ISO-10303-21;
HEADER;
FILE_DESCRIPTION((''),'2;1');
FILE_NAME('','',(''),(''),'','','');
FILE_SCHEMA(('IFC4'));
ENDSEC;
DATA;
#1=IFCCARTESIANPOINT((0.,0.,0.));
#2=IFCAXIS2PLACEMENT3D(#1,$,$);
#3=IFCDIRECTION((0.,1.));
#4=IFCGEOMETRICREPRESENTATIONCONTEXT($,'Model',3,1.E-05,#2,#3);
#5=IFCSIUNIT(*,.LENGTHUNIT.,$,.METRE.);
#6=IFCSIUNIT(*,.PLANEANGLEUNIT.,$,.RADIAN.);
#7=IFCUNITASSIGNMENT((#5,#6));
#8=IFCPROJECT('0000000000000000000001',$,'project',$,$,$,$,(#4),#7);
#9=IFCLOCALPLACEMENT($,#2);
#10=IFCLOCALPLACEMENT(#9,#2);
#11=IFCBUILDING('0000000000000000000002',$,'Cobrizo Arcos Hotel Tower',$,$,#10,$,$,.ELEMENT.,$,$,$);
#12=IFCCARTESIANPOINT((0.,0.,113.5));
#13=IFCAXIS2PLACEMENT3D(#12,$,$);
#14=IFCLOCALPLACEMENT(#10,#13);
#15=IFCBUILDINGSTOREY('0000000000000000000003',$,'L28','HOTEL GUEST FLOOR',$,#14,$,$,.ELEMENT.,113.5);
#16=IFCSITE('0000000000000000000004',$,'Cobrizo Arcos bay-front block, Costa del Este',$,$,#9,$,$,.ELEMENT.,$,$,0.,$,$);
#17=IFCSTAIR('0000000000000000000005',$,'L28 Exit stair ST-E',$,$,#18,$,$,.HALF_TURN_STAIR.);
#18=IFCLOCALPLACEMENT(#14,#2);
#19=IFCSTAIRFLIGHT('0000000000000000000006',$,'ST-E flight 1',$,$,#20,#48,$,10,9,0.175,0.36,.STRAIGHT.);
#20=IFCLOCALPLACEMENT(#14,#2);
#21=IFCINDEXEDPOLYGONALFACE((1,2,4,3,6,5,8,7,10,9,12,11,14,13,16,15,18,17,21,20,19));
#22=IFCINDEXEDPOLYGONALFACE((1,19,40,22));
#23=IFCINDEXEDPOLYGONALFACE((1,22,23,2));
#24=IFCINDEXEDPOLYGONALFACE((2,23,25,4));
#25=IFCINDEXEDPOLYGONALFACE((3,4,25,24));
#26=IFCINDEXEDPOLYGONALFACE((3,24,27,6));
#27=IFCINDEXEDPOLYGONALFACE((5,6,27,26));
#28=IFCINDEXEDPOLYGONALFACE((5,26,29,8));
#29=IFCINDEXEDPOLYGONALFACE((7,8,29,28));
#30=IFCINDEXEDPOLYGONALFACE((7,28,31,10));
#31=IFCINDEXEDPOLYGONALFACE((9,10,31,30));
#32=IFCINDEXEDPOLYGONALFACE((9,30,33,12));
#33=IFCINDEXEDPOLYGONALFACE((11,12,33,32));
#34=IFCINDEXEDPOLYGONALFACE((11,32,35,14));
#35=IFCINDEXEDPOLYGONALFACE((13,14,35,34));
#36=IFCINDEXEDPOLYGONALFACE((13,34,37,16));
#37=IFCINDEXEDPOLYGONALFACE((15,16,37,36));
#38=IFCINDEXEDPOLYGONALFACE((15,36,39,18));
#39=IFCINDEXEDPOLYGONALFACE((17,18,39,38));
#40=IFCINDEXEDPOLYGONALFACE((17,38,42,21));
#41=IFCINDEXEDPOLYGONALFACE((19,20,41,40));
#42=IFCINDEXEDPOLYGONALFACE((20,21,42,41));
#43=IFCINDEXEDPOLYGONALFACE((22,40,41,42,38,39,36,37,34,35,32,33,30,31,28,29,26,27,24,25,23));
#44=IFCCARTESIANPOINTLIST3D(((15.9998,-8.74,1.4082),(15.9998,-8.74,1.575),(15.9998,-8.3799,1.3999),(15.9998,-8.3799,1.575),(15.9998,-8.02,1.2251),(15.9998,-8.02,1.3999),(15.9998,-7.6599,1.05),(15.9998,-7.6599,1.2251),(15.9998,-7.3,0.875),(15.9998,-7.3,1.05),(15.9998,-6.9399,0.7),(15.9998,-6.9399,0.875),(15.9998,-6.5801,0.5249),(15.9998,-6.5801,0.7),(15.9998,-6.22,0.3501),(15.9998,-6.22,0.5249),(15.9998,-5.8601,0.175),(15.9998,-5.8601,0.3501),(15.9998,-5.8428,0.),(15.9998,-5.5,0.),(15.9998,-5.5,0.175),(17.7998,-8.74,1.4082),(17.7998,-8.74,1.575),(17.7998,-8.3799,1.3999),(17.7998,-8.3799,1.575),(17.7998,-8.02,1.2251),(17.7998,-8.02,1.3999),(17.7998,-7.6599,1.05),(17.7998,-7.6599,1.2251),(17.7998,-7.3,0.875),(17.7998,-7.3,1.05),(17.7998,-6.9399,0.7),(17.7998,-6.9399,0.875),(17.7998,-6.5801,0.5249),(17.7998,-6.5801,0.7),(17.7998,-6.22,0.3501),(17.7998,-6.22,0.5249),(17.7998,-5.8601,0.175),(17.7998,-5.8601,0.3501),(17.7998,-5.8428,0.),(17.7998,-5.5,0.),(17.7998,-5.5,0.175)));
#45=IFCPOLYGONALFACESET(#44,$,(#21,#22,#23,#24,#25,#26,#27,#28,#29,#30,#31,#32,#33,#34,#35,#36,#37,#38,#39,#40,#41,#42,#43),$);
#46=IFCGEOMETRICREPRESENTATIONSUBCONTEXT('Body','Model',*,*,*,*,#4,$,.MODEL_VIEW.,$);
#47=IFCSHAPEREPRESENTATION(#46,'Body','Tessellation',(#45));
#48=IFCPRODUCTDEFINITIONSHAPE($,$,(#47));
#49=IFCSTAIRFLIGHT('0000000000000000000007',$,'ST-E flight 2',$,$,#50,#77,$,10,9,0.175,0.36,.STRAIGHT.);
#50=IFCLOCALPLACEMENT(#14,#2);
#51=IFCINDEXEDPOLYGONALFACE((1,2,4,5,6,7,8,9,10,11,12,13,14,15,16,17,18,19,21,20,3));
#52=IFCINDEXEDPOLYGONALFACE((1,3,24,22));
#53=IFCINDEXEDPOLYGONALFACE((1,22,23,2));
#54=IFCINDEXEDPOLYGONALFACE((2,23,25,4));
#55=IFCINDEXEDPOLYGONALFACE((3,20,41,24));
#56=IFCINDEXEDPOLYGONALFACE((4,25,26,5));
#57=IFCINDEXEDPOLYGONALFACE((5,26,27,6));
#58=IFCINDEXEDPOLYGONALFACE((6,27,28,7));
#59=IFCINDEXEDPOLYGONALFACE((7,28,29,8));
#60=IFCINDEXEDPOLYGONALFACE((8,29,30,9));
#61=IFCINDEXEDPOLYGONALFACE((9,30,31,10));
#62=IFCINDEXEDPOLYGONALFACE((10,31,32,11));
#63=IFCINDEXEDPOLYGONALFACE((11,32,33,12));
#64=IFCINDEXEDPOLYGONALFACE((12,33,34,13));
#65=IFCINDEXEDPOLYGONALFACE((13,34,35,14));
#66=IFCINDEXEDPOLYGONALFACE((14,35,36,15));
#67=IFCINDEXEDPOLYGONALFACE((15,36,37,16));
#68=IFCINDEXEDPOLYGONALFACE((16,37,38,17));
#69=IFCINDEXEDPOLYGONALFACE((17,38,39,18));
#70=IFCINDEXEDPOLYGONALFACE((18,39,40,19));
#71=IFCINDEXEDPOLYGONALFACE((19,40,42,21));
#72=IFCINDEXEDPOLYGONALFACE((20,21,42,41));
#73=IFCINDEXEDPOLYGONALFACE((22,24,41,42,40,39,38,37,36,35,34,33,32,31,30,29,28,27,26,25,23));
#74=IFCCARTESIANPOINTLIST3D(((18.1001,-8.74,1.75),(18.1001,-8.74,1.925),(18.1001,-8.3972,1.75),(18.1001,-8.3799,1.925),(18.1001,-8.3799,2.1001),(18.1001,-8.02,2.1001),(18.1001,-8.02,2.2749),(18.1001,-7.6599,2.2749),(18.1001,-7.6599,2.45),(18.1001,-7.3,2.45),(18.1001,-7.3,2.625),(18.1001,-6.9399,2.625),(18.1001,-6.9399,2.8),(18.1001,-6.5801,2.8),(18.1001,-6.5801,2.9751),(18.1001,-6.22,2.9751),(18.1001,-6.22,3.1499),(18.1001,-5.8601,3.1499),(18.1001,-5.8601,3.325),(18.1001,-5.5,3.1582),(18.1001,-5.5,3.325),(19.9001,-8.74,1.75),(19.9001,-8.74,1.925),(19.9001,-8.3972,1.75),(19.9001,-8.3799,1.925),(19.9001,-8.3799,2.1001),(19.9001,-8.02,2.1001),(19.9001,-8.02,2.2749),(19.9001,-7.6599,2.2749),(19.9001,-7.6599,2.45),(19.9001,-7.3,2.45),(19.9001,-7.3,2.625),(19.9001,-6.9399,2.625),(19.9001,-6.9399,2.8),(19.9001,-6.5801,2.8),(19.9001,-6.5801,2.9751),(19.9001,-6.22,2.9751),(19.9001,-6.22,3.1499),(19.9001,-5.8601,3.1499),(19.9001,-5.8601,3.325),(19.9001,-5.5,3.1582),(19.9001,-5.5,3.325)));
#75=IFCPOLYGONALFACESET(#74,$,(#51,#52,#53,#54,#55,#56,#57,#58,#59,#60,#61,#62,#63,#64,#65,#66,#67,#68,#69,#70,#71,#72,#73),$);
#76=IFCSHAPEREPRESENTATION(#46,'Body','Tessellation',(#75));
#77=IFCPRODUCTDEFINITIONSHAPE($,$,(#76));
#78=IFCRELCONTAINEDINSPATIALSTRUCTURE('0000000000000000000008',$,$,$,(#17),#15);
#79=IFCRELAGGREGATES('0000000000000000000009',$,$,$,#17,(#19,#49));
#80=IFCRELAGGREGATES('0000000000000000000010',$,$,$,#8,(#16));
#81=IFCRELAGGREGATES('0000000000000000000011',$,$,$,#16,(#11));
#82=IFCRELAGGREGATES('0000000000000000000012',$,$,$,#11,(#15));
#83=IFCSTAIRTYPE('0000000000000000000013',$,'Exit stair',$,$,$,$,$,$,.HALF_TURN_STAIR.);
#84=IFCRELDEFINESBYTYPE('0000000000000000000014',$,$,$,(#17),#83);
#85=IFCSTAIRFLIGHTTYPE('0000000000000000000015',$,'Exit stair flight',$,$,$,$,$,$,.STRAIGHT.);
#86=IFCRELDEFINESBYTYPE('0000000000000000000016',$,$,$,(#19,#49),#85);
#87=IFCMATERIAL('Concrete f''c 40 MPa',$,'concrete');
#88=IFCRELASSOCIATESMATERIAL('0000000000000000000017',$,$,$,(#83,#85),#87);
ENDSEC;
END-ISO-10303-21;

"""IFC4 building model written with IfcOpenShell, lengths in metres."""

from ifc_helpers import new_model, si_unit, direction, frame, origin, place, context, subcontext, project, spatial, polyline, outline, extrude, material, type_object, element, aggregate, save


model = new_model("IFC4")

# Units and contexts
model_context = context("Model", 3, precision=1e-05, world=origin(), true_north=direction((0.0, 1.0)))
body_context = subcontext(model_context, "Body", "Model", "MODEL_VIEW")
ifc_project = project(units=[si_unit("LENGTHUNIT", "METRE"), si_unit("PLANEANGLEUNIT", "RADIAN")], contexts=[model_context])

# Site, building, storey
site_placement = place(None, origin())
site = spatial("IfcSite", under=ifc_project, at=site_placement, Name="Cobrizo Arcos bay-front block, Costa del Este", CompositionType="ELEMENT", RefElevation=0.0)
building_placement = place(site_placement, origin())
building = spatial("IfcBuilding", under=site, at=building_placement, Name="Cobrizo Arcos Hotel Tower", CompositionType="ELEMENT")
storey_placement = place(building_placement, frame((0.0, 0.0, 113.5)))
storey = spatial("IfcBuildingStorey", under=building, at=storey_placement, Name="L28", Description="HOTEL GUEST FLOOR", CompositionType="ELEMENT", Elevation=113.5)

# Shared definitions
ifc_material_1 = material(Name="Concrete f'c 40 MPa", Category="concrete")

# Stair, stair flights
stair_type = type_object("IfcStairType", Name="Exit stair", PredefinedType="HALF_TURN_STAIR", material=ifc_material_1)
stair_placement = place(storey_placement, origin())
stair = element("IfcStair", 1, at=stair_placement, inside=storey, type_object=stair_type, Name="L28 Exit stair ST-E", PredefinedType="HALF_TURN_STAIR")
stair_flight_type = type_object("IfcStairFlightType", Name="Exit stair flight", PredefinedType="STRAIGHT", material=ifc_material_1)
stair_flight_1_placement = place(storey_placement, frame((16.8999, -5.5, 0.0), z_axis=(0.0, 0.0, 1.0), x_axis=(0.0, -1.0, 0.0)))
stair_flight_1 = element("IfcStairFlight", 2, at=stair_flight_1_placement, type_object=stair_flight_type, Name="ST-E flight 1", NumberOfRisers=10, NumberOfTreads=9, PredefinedType="STRAIGHT", RiserHeight=0.175, TreadLength=0.36, context=body_context, shape_type="SweptSolid", body=[
    extrude(outline(polyline([(0.0, 0.0), (0.0, 0.175), (0.3601, 0.175), (0.3601, 0.3501), (0.72, 0.3501), (0.72, 0.5249), (1.0801, 0.5249), (1.0801, 0.7), (1.4399, 0.7), (1.4399, 0.875), (1.8, 0.875), (1.8, 1.05), (2.1599, 1.05), (2.1599, 1.2251), (2.52, 1.2251), (2.52, 1.3999), (2.8799, 1.3999), (2.8799, 1.575), (3.24, 1.575), (3.24, 1.75), (3.24, 1.4082), (0.3428, 0.0), (0.0, 0.0)])), frame((0.0, 0.8999, 0.0), z_axis=(0.0, -1.0, 0.0), x_axis=(1.0, 0.0, 0.0)), (0.0, 0.0, 1.0), 1.8),
])
stair_flight_2_placement = place(storey_placement, frame((19.0, -8.74, 1.75), z_axis=(0.0, 0.0, 1.0), x_axis=(0.0, 1.0, 0.0)))
stair_flight_2 = element("IfcStairFlight", 3, at=stair_flight_2_placement, type_object=stair_flight_type, Name="ST-E flight 2", NumberOfRisers=10, NumberOfTreads=9, PredefinedType="STRAIGHT", RiserHeight=0.175, TreadLength=0.36, context=body_context, shape_type="SweptSolid", body=[
    extrude(outline(polyline([(0.0, 0.0), (0.0, 0.175), (0.3601, 0.175), (0.3601, 0.3501), (0.72, 0.3501), (0.72, 0.5249), (1.0801, 0.5249), (1.0801, 0.7), (1.4399, 0.7), (1.4399, 0.875), (1.8, 0.875), (1.8, 1.05), (2.1599, 1.05), (2.1599, 1.2251), (2.52, 1.2251), (2.52, 1.3999), (2.8799, 1.3999), (2.8799, 1.575), (3.24, 1.575), (3.24, 1.75), (3.24, 1.4082), (0.3428, 0.0), (0.0, 0.0)])), frame((0.0, 0.8999, 0.0), z_axis=(0.0, -1.0, 0.0), x_axis=(1.0, 0.0, 0.0)), (0.0, 0.0, 1.0), 1.8),
])
aggregate(stair, [stair_flight_1, stair_flight_2])

save(model, "model.ifc")
